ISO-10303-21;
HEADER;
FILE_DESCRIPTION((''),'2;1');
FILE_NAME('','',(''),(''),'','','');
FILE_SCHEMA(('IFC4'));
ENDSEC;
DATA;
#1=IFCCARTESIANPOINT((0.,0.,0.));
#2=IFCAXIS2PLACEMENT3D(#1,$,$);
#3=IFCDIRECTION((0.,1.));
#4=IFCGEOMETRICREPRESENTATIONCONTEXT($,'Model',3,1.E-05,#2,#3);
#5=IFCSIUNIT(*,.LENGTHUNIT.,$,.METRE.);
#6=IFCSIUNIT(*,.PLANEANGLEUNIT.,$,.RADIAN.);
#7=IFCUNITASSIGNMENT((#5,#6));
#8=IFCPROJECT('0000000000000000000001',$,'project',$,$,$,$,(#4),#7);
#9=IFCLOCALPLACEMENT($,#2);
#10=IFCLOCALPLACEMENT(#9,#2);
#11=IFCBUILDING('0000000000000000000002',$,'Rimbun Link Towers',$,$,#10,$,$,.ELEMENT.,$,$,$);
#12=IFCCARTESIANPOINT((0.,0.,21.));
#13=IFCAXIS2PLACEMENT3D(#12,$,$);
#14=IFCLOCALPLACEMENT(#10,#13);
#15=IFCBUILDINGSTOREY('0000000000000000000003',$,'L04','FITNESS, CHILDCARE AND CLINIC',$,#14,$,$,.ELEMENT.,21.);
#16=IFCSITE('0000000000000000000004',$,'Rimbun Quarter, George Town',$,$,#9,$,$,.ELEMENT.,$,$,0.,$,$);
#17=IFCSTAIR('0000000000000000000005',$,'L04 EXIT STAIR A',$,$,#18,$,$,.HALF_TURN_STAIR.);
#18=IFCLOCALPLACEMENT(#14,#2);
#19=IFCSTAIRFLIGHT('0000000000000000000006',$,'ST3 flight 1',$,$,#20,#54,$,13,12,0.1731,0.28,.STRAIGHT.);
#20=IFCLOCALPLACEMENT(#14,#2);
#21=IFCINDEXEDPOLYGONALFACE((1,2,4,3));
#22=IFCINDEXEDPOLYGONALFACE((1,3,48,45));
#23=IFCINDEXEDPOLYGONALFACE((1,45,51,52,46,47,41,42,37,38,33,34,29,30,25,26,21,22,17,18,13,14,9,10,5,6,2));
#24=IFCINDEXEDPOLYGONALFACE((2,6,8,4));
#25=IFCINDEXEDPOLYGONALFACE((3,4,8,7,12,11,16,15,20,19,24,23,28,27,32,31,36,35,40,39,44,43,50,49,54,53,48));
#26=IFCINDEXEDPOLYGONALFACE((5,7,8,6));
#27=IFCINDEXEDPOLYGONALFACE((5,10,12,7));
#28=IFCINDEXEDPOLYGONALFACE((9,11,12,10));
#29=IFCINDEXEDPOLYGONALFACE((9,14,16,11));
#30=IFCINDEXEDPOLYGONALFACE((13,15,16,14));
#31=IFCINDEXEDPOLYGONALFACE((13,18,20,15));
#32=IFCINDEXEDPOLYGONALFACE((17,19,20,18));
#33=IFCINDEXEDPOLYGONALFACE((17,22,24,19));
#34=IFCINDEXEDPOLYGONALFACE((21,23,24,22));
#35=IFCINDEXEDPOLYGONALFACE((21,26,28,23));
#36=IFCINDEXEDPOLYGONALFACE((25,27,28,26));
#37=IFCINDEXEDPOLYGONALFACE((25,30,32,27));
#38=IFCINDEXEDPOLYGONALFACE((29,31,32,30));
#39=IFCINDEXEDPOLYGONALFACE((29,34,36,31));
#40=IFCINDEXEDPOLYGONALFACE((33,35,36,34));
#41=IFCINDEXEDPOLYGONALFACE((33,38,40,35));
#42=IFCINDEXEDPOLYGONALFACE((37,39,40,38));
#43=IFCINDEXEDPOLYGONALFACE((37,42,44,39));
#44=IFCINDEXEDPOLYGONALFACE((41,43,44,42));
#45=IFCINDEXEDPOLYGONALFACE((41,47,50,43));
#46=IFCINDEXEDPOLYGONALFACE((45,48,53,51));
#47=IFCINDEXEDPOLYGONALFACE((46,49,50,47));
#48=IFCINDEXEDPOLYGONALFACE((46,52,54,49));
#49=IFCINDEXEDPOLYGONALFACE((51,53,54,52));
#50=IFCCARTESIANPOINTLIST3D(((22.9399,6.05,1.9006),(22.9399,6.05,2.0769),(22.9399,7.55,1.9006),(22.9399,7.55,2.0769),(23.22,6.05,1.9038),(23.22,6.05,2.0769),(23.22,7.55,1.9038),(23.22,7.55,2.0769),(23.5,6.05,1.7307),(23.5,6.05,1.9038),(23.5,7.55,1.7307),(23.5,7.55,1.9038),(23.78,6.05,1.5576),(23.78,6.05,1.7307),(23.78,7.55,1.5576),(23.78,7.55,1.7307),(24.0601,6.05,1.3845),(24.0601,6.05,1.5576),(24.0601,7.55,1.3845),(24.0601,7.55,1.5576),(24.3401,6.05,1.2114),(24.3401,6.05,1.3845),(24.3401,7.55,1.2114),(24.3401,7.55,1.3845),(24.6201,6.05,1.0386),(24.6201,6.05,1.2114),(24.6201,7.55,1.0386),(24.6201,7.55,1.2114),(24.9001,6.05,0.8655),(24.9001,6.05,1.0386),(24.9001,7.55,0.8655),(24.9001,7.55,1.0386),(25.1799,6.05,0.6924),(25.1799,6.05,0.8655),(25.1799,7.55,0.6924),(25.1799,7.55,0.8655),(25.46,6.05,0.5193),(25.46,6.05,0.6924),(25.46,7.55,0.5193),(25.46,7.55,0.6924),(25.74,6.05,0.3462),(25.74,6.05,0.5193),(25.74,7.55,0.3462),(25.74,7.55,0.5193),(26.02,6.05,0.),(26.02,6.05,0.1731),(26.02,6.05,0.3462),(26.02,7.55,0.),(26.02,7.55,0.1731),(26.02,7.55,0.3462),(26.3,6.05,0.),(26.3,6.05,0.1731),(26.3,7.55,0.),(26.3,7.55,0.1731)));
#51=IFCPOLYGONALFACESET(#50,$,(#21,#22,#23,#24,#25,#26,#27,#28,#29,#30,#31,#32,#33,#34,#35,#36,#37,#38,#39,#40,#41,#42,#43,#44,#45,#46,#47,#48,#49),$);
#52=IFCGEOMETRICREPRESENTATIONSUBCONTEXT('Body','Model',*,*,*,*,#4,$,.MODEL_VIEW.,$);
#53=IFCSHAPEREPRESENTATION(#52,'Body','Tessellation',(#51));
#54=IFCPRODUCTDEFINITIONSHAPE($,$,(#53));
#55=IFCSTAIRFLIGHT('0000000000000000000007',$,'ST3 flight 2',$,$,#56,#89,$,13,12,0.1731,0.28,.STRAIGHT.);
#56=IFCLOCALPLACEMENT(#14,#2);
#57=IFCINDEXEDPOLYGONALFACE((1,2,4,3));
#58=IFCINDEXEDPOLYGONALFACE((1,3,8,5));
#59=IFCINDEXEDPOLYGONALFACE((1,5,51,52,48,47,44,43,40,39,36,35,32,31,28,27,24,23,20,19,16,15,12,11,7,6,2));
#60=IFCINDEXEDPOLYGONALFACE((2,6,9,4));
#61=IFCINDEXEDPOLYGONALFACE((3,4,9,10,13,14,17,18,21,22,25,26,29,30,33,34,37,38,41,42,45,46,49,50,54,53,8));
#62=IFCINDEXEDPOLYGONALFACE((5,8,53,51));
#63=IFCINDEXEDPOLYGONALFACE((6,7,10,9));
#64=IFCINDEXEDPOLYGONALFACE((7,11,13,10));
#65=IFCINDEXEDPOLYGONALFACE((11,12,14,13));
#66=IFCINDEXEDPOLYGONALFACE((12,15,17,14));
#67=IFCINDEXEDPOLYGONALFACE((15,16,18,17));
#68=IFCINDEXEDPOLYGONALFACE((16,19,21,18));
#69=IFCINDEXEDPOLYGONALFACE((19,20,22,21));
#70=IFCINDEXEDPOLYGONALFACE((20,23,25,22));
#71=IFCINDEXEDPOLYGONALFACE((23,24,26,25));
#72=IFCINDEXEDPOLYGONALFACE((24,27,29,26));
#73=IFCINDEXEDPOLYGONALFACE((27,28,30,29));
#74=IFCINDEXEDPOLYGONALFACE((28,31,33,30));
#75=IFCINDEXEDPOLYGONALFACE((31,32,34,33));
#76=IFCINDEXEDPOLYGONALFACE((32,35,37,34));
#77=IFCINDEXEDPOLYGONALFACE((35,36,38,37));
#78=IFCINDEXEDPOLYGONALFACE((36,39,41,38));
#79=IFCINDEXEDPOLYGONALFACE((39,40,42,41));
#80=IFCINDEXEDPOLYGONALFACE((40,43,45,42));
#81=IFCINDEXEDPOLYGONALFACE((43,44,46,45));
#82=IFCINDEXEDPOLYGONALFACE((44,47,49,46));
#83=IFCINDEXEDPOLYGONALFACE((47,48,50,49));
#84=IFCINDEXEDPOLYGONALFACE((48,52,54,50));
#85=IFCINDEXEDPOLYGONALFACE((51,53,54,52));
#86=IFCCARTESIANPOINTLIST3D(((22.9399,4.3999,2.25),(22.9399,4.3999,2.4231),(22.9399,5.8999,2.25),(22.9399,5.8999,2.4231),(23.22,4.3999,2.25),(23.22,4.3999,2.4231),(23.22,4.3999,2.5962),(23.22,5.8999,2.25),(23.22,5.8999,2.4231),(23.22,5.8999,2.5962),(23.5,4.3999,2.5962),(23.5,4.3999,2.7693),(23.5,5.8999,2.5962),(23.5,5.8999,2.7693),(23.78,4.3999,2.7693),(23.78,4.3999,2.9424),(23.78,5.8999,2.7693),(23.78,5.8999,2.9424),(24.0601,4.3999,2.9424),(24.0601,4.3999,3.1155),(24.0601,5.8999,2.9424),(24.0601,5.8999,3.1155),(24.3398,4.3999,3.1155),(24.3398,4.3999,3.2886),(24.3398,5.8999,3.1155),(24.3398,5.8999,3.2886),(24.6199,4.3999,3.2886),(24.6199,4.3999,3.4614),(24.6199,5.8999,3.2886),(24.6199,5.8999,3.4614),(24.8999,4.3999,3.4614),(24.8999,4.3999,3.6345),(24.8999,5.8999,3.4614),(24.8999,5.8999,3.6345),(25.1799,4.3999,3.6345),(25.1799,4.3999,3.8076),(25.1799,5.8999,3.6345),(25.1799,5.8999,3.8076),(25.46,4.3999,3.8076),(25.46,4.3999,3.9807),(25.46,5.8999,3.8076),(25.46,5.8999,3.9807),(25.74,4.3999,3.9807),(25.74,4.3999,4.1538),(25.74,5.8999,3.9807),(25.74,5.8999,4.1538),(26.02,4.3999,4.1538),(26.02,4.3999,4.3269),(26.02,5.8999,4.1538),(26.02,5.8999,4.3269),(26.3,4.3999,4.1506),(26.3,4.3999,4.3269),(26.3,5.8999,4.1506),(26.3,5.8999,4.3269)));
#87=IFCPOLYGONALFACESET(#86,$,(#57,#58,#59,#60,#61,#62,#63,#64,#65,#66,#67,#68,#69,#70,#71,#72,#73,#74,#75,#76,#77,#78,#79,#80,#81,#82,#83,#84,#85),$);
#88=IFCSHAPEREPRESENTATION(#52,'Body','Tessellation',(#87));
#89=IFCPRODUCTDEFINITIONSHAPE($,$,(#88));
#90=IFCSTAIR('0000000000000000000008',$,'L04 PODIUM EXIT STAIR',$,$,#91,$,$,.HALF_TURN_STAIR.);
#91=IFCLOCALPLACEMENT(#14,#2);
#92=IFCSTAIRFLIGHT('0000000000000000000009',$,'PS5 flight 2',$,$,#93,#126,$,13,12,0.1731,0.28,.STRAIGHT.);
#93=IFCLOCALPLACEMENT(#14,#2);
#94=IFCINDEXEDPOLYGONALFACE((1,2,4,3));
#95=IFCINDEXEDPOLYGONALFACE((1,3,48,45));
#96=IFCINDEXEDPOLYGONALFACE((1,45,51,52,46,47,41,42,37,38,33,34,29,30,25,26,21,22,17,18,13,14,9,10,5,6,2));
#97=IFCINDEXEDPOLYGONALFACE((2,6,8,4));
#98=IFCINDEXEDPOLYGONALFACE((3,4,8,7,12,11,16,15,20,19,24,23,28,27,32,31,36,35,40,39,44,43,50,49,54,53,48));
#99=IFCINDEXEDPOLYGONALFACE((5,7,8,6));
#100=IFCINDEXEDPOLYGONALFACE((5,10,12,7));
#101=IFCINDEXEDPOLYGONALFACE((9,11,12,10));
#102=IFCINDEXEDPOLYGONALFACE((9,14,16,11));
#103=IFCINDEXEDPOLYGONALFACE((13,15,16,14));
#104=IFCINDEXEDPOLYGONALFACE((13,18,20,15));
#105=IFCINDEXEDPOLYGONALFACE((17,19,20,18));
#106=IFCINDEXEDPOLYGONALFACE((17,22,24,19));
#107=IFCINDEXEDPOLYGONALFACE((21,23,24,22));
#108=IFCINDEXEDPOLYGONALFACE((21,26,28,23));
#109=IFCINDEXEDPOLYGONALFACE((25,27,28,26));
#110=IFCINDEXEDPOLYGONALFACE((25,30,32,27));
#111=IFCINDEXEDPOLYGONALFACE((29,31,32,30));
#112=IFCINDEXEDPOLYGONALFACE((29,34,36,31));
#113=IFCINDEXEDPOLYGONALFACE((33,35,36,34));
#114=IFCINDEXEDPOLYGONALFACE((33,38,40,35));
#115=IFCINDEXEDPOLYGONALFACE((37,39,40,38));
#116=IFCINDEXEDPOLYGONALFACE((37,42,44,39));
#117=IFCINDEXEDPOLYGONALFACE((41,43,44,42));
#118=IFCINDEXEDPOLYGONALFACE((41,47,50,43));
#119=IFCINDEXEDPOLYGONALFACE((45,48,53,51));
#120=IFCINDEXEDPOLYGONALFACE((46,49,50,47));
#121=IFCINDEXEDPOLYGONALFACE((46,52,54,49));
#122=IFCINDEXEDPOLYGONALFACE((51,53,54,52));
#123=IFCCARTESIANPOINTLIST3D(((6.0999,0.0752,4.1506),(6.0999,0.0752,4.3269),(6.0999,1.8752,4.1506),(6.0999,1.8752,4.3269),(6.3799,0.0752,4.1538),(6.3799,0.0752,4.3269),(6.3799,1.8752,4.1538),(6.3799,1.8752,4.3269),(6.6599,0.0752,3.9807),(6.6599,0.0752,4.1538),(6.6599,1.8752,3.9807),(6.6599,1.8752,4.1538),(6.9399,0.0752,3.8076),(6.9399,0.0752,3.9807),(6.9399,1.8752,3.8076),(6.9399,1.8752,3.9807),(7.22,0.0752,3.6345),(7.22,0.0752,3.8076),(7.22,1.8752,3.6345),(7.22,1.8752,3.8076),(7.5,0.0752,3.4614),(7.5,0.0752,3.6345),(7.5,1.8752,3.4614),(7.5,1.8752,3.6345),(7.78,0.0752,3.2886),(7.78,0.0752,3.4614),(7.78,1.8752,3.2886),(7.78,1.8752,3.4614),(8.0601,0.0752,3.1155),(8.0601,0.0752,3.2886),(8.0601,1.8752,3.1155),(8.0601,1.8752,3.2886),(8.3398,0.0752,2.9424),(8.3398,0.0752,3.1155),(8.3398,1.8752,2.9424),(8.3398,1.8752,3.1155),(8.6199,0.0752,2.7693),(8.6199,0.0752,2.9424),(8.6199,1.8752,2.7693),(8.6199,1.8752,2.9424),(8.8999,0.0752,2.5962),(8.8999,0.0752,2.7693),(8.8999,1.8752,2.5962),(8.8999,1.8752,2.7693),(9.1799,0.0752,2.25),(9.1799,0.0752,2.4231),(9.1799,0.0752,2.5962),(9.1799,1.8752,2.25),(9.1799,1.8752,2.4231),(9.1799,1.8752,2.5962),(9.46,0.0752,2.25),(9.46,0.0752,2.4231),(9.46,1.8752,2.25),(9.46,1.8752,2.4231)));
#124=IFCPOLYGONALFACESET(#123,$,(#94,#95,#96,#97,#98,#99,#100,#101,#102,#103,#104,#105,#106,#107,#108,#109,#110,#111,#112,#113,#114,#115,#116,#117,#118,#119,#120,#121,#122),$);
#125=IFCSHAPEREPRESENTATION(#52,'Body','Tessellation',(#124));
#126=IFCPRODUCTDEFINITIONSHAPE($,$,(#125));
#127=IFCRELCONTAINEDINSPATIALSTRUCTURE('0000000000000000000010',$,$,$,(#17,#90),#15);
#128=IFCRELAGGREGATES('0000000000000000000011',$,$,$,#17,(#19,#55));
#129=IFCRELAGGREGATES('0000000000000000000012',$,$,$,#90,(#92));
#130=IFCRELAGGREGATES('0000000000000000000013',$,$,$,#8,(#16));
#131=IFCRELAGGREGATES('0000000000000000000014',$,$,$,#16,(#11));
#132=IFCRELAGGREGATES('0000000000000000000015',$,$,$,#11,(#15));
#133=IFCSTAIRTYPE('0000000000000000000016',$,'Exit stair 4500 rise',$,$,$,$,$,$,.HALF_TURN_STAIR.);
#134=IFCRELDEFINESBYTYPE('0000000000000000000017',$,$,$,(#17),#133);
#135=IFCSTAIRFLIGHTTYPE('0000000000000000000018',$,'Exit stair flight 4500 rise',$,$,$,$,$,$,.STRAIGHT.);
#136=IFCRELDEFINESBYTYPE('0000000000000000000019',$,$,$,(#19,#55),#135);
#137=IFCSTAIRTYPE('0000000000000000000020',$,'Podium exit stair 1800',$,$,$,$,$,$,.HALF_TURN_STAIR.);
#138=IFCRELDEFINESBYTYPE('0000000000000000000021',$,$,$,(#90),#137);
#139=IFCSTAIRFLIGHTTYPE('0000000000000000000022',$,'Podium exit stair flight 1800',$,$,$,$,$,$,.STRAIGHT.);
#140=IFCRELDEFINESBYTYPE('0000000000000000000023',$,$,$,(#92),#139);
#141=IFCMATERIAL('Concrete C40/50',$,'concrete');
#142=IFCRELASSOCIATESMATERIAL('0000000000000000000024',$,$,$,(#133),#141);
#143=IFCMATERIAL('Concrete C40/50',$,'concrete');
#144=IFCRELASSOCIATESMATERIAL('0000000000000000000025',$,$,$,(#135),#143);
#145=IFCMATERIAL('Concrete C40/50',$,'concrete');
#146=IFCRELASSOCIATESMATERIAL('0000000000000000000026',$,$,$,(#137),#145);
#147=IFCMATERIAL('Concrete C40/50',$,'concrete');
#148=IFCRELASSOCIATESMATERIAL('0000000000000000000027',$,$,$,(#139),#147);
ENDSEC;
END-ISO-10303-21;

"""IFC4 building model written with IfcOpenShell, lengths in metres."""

from ifc_helpers import new_model, si_unit, direction, frame, origin, place, context, subcontext, project, spatial, polyline, outline, extrude, material, type_object, element, aggregate, save


model = new_model("IFC4")

# Units and contexts
model_context = context("Model", 3, precision=1e-05, world=origin(), true_north=direction((0.0, 1.0)))
body_context = subcontext(model_context, "Body", "Model", "MODEL_VIEW")
ifc_project = project(units=[si_unit("LENGTHUNIT", "METRE"), si_unit("PLANEANGLEUNIT", "RADIAN")], contexts=[model_context])

# Site, building, storey
site_placement = place(None, origin())
site = spatial("IfcSite", under=ifc_project, at=site_placement, Name="Rimbun Quarter, George Town", CompositionType="ELEMENT", RefElevation=0.0)
building_placement = place(site_placement, origin())
building = spatial("IfcBuilding", under=site, at=building_placement, Name="Rimbun Link Towers", CompositionType="ELEMENT")
storey_placement = place(building_placement, frame((0.0, 0.0, 21.0)))
storey = spatial("IfcBuildingStorey", under=building, at=storey_placement, Name="L04", Description="FITNESS, CHILDCARE AND CLINIC", CompositionType="ELEMENT", Elevation=21.0)

# Stair, stair flights
ifc_material_1 = material(Name="Concrete C40/50", Category="concrete")
stair_type_1 = type_object("IfcStairType", Name="Exit stair 4500 rise", PredefinedType="HALF_TURN_STAIR", material=ifc_material_1)
stair_1_placement = place(storey_placement, origin())
stair_1 = element("IfcStair", 1, at=stair_1_placement, inside=storey, type_object=stair_type_1, Name="L04 EXIT STAIR A", PredefinedType="HALF_TURN_STAIR")
ifc_material_2 = material(Name="Concrete C40/50", Category="concrete")
stair_flight_type_1 = type_object("IfcStairFlightType", Name="Exit stair flight 4500 rise", PredefinedType="STRAIGHT", material=ifc_material_2)
stair_flight_1_placement = place(storey_placement, frame((26.3, 6.8, 0.0), z_axis=(0.0, 0.0, 1.0), x_axis=(-1.0, 0.0, 0.0)))
stair_flight_1 = element("IfcStairFlight", 2, at=stair_flight_1_placement, type_object=stair_flight_type_1, Name="ST3 flight 1", NumberOfRisers=13, NumberOfTreads=12, PredefinedType="STRAIGHT", RiserHeight=0.1731, TreadLength=0.28, context=body_context, shape_type="SweptSolid", body=[
    extrude(outline(polyline([(0.0, 0.0), (0.0, 0.1731), (0.28, 0.1731), (0.28, 0.3462), (0.5601, 0.3462), (0.5601, 0.5193), (0.8401, 0.5193), (0.8401, 0.6924), (1.1201, 0.6924), (1.1201, 0.8655), (1.3999, 0.8655), (1.3999, 1.0386), (1.6799, 1.0386), (1.6799, 1.2114), (1.96, 1.2114), (1.96, 1.3845), (2.24, 1.3845), (2.24, 1.5576), (2.52, 1.5576), (2.52, 1.7307), (2.8, 1.7307), (2.8, 1.9038), (3.0801, 1.9038), (3.0801, 2.0769), (3.3601, 2.0769), (3.3601, 2.25), (3.3601, 1.9006), (0.28, 0.0), (0.0, 0.0)])), frame((0.0, 0.75, 0.0), z_axis=(0.0, -1.0, 0.0), x_axis=(1.0, 0.0, 0.0)), (0.0, 0.0, 1.0), 1.5),
])
stair_flight_2_placement = place(storey_placement, frame((22.9399, 5.1499, 2.25), z_axis=(0.0, 0.0, 1.0), x_axis=(1.0, 0.0, 0.0)))
stair_flight_2 = element("IfcStairFlight", 3, at=stair_flight_2_placement, type_object=stair_flight_type_1, Name="ST3 flight 2", NumberOfRisers=13, NumberOfTreads=12, PredefinedType="STRAIGHT", RiserHeight=0.1731, TreadLength=0.28, context=body_context, shape_type="SweptSolid", body=[
    extrude(outline(polyline([(0.0, 0.0), (0.0, 0.1731), (0.28, 0.1731), (0.28, 0.3462), (0.5601, 0.3462), (0.5601, 0.5193), (0.8401, 0.5193), (0.8401, 0.6924), (1.1201, 0.6924), (1.1201, 0.8655), (1.3999, 0.8655), (1.3999, 1.0386), (1.6799, 1.0386), (1.6799, 1.2114), (1.96, 1.2114), (1.96, 1.3845), (2.24, 1.3845), (2.24, 1.5576), (2.52, 1.5576), (2.52, 1.7307), (2.8, 1.7307), (2.8, 1.9038), (3.0801, 1.9038), (3.0801, 2.0769), (3.3601, 2.0769), (3.3601, 2.25), (3.3601, 1.9006), (0.28, 0.0), (0.0, 0.0)])), frame((0.0, 0.75, 0.0), z_axis=(0.0, -1.0, 0.0), x_axis=(1.0, 0.0, 0.0)), (0.0, 0.0, 1.0), 1.5),
])
aggregate(stair_1, [stair_flight_1, stair_flight_2])

# Stair, stair flight
ifc_material_3 = material(Name="Concrete C40/50", Category="concrete")
stair_type_2 = type_object("IfcStairType", Name="Podium exit stair 1800", PredefinedType="HALF_TURN_STAIR", material=ifc_material_3)
stair_2_placement = place(storey_placement, origin())
stair_2 = element("IfcStair", 4, at=stair_2_placement, inside=storey, type_object=stair_type_2, Name="L04 PODIUM EXIT STAIR", PredefinedType="HALF_TURN_STAIR")
ifc_material_4 = material(Name="Concrete C40/50", Category="concrete")
stair_flight_type_2 = type_object("IfcStairFlightType", Name="Podium exit stair flight 1800", PredefinedType="STRAIGHT", material=ifc_material_4)
stair_flight_3_placement = place(storey_placement, frame((9.46, 0.9751, 2.25), z_axis=(0.0, 0.0, 1.0), x_axis=(-1.0, 0.0, 0.0)))
stair_flight_3 = element("IfcStairFlight", 5, at=stair_flight_3_placement, type_object=stair_flight_type_2, Name="PS5 flight 2", NumberOfRisers=13, NumberOfTreads=12, PredefinedType="STRAIGHT", RiserHeight=0.1731, TreadLength=0.28, context=body_context, shape_type="SweptSolid", body=[
    extrude(outline(polyline([(0.0, 0.0), (0.0, 0.1731), (0.28, 0.1731), (0.28, 0.3462), (0.5601, 0.3462), (0.5601, 0.5193), (0.8401, 0.5193), (0.8401, 0.6924), (1.1201, 0.6924), (1.1201, 0.8655), (1.3999, 0.8655), (1.3999, 1.0386), (1.6799, 1.0386), (1.6799, 1.2114), (1.96, 1.2114), (1.96, 1.3845), (2.24, 1.3845), (2.24, 1.5576), (2.52, 1.5576), (2.52, 1.7307), (2.8, 1.7307), (2.8, 1.9038), (3.0801, 1.9038), (3.0801, 2.0769), (3.3601, 2.0769), (3.3601, 2.25), (3.3601, 1.9006), (0.28, 0.0), (0.0, 0.0)])), frame((0.0, 0.8999, 0.0), z_axis=(0.0, -1.0, 0.0), x_axis=(1.0, 0.0, 0.0)), (0.0, 0.0, 1.0), 1.8),
])
aggregate(stair_2, [stair_flight_3])

save(model, "model.ifc")
